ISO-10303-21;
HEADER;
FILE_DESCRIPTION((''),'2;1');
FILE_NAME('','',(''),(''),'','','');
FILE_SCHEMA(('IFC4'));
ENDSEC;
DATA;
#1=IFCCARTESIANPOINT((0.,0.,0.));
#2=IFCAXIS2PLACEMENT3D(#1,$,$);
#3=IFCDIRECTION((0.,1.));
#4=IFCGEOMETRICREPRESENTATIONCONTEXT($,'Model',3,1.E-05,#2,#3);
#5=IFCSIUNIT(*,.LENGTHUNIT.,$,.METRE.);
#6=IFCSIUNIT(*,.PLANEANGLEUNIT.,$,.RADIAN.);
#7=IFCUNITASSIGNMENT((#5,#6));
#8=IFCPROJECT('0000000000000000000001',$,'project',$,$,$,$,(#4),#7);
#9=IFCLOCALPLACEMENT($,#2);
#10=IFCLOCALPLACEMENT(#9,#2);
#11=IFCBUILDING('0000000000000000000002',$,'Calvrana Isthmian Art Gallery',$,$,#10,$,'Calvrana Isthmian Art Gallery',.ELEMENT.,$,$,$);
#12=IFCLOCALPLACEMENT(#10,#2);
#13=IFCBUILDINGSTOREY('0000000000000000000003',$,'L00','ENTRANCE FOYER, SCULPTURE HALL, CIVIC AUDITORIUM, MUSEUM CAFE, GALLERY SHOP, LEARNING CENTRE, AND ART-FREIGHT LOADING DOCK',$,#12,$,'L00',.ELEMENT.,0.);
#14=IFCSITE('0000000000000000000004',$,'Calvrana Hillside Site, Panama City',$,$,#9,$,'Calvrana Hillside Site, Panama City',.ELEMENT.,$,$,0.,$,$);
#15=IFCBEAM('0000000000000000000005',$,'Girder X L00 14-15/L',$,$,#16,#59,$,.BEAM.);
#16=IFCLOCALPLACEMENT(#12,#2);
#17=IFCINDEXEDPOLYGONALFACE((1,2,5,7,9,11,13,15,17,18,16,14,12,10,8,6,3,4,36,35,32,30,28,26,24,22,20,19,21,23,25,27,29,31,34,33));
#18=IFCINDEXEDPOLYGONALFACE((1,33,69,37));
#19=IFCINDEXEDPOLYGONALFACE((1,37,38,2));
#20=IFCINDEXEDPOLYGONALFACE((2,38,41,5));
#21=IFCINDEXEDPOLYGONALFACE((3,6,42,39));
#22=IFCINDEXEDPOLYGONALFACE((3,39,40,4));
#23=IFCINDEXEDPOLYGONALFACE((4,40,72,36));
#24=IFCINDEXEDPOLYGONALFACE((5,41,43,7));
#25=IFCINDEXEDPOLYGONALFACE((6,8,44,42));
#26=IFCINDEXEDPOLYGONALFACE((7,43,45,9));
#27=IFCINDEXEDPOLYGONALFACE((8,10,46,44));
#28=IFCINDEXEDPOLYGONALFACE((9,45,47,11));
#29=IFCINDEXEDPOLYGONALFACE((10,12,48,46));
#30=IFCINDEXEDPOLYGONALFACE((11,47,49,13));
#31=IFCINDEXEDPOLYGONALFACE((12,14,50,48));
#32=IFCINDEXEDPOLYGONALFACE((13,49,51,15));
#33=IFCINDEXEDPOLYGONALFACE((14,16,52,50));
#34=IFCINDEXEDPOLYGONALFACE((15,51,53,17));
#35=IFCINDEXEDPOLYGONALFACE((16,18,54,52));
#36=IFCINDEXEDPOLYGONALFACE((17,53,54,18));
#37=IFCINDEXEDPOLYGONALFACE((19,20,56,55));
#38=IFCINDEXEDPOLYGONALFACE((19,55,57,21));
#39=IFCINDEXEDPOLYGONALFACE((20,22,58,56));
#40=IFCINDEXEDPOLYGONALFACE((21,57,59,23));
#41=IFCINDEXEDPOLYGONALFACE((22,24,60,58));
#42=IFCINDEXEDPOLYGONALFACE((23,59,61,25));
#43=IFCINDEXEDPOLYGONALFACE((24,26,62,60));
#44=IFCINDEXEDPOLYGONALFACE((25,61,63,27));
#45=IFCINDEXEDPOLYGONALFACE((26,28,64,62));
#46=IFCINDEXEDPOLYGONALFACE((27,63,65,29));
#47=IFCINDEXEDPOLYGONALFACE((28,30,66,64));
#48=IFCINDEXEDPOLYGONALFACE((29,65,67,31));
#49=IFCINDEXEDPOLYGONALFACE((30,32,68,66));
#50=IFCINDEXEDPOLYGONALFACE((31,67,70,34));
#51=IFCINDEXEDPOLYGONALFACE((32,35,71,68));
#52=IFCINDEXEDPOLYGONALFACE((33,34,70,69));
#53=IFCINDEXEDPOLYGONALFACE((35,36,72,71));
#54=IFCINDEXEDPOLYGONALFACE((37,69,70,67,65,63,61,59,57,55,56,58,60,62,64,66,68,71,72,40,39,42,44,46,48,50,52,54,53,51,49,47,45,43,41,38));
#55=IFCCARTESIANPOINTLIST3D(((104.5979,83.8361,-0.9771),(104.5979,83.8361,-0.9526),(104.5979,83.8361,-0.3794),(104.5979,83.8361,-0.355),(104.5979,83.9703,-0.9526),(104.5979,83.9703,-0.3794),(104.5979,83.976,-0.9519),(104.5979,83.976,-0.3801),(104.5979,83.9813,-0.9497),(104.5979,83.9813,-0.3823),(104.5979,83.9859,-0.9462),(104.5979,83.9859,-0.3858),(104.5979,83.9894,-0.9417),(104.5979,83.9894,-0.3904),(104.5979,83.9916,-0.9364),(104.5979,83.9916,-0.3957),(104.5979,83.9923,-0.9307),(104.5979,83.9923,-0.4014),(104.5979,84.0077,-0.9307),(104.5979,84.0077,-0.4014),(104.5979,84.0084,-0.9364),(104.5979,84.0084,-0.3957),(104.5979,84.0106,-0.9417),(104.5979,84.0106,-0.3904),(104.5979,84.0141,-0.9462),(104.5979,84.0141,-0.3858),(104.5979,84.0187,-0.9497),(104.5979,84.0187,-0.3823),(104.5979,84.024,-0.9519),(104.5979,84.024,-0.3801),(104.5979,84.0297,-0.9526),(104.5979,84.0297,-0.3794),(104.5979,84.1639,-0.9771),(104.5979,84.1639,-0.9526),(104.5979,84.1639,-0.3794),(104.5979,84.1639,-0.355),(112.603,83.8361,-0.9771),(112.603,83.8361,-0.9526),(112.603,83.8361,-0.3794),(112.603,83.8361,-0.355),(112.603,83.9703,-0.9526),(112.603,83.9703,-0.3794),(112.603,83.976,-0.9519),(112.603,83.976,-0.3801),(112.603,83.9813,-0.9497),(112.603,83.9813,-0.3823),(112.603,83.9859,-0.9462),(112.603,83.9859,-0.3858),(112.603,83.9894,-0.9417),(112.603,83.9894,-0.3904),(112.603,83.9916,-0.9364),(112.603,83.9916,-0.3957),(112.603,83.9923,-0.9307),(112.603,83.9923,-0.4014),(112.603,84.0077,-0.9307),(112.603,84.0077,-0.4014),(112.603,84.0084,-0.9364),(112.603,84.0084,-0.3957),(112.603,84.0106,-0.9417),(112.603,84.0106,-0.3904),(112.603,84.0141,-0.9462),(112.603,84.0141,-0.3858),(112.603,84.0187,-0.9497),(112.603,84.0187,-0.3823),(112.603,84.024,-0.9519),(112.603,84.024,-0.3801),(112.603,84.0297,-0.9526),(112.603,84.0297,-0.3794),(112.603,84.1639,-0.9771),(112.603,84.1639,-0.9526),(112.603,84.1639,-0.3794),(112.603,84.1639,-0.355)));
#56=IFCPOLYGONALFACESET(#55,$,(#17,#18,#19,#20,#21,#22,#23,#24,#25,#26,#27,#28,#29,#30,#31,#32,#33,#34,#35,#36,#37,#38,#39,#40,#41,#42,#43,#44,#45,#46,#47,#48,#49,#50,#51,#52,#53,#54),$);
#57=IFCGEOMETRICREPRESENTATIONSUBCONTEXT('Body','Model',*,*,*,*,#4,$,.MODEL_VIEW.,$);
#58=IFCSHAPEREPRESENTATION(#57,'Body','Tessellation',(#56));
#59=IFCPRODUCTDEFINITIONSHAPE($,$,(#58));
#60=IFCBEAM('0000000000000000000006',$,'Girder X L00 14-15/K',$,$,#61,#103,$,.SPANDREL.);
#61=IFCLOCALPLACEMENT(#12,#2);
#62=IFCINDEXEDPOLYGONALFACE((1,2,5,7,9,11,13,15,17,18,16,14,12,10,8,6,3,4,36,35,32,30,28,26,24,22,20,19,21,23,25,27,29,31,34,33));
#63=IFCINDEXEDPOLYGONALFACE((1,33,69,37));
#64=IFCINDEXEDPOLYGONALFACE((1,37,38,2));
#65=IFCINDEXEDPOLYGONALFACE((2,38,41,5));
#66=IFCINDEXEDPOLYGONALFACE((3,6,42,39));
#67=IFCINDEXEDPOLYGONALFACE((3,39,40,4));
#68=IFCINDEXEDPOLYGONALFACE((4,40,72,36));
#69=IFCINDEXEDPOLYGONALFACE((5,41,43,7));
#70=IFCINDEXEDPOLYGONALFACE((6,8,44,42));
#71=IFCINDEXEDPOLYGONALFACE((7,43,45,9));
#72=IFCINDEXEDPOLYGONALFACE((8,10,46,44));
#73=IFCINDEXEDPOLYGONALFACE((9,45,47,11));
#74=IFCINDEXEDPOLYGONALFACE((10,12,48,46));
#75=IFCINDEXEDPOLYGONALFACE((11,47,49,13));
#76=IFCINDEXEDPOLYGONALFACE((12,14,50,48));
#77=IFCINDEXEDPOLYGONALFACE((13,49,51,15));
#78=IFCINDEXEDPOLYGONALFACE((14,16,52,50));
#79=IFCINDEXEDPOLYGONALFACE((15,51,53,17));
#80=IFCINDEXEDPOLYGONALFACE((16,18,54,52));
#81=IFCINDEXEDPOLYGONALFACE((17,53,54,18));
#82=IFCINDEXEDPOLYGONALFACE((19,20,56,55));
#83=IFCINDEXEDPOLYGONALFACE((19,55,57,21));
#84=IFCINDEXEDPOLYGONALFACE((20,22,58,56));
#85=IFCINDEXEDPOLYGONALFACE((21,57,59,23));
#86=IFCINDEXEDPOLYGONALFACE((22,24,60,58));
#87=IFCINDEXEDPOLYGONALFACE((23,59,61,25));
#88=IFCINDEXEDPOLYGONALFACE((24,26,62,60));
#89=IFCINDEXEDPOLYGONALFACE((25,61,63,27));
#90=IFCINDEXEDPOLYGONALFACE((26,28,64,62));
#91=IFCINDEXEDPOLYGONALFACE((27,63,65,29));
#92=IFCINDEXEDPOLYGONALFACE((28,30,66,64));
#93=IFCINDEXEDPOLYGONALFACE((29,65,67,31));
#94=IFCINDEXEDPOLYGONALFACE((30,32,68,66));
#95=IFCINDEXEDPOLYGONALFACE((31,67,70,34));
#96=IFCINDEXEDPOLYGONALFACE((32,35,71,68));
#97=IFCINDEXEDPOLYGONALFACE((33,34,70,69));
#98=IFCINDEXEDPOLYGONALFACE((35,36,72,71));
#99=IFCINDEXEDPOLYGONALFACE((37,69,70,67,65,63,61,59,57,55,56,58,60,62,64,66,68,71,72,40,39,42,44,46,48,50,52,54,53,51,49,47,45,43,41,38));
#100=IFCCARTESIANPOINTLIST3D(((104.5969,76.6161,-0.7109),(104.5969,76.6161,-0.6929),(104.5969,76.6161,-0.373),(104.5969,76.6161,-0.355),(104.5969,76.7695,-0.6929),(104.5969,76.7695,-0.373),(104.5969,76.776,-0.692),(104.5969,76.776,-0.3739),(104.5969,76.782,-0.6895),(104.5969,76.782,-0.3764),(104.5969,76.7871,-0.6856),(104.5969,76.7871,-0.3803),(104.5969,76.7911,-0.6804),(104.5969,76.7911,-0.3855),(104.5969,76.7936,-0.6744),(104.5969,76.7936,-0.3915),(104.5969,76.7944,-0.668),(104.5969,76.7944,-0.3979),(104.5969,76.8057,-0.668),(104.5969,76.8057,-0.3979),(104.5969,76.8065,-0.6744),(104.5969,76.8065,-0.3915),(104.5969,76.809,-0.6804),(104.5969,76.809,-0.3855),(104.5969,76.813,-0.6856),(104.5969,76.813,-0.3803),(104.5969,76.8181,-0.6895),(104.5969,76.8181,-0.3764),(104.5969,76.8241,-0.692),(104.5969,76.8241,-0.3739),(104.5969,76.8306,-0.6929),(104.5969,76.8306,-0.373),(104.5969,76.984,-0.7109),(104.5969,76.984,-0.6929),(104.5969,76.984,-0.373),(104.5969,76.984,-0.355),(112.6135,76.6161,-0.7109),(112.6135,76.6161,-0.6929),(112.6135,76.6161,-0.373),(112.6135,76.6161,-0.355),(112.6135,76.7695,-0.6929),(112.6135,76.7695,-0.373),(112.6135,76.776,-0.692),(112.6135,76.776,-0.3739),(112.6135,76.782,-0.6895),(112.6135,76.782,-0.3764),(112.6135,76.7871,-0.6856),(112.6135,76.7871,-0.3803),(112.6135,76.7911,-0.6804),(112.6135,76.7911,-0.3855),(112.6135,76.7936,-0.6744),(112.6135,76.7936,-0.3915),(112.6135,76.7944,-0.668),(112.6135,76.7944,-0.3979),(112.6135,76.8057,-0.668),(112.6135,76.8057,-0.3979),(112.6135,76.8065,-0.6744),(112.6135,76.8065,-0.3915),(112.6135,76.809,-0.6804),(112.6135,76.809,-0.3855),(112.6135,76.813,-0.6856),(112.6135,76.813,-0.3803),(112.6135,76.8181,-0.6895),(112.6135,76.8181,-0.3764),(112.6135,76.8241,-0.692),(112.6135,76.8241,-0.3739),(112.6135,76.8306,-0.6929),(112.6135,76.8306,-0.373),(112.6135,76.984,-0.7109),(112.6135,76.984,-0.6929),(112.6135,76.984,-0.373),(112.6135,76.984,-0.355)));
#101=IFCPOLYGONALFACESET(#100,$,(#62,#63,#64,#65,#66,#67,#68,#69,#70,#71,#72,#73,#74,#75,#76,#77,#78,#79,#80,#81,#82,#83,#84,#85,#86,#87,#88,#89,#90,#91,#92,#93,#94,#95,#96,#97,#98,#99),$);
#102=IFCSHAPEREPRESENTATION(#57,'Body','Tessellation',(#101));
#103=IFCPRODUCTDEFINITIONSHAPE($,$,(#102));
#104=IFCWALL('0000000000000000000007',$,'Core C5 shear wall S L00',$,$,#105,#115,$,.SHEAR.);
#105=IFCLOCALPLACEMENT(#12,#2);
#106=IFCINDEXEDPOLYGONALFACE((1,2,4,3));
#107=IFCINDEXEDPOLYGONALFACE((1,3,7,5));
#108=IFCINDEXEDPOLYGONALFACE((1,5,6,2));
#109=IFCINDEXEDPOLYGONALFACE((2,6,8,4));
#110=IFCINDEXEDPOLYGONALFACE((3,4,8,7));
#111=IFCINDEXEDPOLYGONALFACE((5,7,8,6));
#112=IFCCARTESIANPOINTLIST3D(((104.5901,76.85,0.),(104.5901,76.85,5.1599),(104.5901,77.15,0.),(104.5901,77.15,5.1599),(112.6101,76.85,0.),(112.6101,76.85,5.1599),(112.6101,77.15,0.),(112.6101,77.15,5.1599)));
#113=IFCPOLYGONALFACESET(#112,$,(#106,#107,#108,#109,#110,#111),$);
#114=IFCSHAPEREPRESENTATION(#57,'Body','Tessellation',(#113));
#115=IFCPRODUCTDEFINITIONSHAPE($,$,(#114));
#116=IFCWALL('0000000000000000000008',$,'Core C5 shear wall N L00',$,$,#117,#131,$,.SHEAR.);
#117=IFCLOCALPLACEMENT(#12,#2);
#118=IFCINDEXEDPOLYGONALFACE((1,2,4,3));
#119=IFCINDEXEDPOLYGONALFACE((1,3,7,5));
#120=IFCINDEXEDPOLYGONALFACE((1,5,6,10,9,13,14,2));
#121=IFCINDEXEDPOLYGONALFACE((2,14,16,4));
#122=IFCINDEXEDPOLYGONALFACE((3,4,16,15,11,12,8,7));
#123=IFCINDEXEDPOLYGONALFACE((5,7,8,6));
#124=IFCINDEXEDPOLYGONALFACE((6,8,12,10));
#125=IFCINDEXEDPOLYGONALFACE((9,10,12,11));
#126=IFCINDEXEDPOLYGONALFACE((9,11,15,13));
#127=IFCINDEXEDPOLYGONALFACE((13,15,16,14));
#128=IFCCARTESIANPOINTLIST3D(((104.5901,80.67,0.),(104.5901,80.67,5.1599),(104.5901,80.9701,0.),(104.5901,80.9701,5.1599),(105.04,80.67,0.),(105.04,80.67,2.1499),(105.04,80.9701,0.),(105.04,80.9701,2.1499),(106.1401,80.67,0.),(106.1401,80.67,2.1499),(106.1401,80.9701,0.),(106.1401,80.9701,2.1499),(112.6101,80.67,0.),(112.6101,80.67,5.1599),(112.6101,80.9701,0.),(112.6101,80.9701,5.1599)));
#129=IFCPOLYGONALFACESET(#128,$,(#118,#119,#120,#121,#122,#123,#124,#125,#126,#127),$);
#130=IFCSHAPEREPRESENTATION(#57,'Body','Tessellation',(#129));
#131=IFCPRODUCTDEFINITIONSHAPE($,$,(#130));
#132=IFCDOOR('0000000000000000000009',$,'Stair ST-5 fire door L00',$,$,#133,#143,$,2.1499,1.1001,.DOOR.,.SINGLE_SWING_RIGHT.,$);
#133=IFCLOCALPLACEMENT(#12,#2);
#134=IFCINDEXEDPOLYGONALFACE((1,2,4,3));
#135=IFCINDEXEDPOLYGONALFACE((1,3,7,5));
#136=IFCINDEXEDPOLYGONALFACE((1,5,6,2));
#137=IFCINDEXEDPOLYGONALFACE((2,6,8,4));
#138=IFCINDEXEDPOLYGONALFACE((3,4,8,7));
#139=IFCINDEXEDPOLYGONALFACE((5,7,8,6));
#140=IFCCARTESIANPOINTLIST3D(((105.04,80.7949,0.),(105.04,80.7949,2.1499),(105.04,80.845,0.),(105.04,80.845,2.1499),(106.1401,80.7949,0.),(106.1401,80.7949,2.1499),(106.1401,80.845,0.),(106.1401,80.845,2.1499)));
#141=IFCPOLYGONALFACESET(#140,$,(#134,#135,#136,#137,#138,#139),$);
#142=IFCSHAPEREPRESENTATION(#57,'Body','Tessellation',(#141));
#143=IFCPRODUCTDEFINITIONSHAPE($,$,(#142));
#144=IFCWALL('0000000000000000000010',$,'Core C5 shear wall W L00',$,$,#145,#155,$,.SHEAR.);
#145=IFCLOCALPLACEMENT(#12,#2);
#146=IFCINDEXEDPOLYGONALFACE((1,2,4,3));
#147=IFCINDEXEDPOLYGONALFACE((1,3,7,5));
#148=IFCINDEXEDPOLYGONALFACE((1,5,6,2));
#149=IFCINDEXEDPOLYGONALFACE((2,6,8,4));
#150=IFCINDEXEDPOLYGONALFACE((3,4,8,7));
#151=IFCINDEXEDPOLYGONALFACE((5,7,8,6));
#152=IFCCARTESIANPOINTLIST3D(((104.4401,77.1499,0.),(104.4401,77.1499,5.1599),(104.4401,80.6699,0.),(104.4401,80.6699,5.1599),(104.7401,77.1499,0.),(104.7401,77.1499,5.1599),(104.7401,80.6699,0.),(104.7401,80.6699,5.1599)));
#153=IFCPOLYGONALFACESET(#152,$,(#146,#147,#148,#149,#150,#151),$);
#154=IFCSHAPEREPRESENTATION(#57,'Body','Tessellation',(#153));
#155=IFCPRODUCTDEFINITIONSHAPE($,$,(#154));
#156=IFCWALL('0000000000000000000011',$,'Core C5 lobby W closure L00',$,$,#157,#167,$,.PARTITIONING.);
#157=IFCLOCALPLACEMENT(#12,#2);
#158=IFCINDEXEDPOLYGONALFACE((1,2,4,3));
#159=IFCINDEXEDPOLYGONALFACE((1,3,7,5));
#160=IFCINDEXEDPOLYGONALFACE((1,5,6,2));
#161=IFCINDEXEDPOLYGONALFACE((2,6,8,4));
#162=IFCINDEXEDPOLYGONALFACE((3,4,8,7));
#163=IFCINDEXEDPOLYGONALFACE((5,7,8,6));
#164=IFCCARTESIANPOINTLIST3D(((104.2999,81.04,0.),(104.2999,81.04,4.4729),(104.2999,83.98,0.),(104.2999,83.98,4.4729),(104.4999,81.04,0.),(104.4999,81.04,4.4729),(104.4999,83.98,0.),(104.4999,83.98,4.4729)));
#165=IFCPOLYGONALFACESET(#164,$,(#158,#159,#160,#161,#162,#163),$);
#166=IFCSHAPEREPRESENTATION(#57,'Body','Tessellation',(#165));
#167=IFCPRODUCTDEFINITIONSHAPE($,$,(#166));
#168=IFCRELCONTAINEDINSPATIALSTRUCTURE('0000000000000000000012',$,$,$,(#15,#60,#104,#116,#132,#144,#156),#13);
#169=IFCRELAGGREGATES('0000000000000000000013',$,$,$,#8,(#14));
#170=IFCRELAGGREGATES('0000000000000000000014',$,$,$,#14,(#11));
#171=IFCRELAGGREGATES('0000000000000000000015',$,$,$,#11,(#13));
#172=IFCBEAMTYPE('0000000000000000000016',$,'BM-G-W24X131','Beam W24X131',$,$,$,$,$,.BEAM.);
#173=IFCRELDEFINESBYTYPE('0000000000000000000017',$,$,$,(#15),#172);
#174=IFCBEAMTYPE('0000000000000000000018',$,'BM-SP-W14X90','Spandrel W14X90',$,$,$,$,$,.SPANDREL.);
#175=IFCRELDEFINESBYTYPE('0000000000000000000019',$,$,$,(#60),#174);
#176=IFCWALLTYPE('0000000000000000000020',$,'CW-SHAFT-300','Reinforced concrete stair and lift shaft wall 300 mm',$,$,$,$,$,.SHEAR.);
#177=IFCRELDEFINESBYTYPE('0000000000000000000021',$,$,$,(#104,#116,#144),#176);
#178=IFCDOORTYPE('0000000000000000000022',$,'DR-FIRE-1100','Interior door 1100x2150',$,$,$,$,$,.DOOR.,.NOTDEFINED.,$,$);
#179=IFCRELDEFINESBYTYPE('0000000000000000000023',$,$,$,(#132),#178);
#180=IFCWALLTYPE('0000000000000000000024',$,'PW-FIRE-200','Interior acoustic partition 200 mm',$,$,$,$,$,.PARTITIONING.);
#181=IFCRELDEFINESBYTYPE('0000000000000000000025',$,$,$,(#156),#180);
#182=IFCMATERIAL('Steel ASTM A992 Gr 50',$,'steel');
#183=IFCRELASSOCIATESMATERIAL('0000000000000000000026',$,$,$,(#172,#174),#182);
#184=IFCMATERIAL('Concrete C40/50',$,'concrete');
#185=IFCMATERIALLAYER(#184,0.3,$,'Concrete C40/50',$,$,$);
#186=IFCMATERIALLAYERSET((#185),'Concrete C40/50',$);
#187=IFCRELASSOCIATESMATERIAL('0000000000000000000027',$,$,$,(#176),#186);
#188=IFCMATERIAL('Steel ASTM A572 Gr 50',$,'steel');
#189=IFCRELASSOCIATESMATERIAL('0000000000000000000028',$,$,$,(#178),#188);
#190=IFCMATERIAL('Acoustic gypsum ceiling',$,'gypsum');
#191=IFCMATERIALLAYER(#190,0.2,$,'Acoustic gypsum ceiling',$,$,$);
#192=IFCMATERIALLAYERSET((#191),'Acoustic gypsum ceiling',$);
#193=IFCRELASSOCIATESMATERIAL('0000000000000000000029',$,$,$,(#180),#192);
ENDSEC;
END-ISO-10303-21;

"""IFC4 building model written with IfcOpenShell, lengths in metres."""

from ifc_helpers import new_model, si_unit, direction, frame, frame_2d, origin, origin_2d, place, context, subcontext, project, spatial, rectangle, i_section, extrude, material, layer, layer_set, material_profile, profile_set, type_object, element, fill, save


model = new_model("IFC4")

# Units and contexts
model_context = context("Model", 3, precision=1e-05, world=origin(), true_north=direction((0.0, 1.0)))
body_context = subcontext(model_context, "Body", "Model", "MODEL_VIEW")
ifc_project = project(units=[si_unit("LENGTHUNIT", "METRE"), si_unit("PLANEANGLEUNIT", "RADIAN")], contexts=[model_context])

# Site, building, storey
site_placement = place(None, origin())
site = spatial("IfcSite", under=ifc_project, at=site_placement, Name="Calvrana Hillside Site, Panama City", LongName="Calvrana Hillside Site, Panama City", CompositionType="ELEMENT", RefElevation=0.0)
building_placement = place(site_placement, origin())
building = spatial("IfcBuilding", under=site, at=building_placement, Name="Calvrana Isthmian Art Gallery", LongName="Calvrana Isthmian Art Gallery", CompositionType="ELEMENT")
storey_placement = place(building_placement, origin())
storey = spatial("IfcBuildingStorey", under=building, at=storey_placement, Name="L00", Description="ENTRANCE FOYER, SCULPTURE HALL, CIVIC AUDITORIUM, MUSEUM CAFE, GALLERY SHOP, LEARNING CENTRE, AND ART-FREIGHT LOADING DOCK", LongName="L00", CompositionType="ELEMENT", Elevation=0.0)

# Shared definitions
ifc_material_1 = material(Name="Steel ASTM A992 Gr 50", Category="steel")

# Beams
ifc_material_profile_1 = material_profile(ifc_material_1, i_section(OverallWidth=0.3279, OverallDepth=0.6221, WebThickness=0.0154, FlangeThickness=0.0244, FilletRadius=0.022, at=origin_2d()), Name="W24X131")
ifc_profile_set_1 = profile_set([ifc_material_profile_1], Name="Steel ASTM A992 Gr 50")
beam_type_1 = type_object("IfcBeamType", Name="BM-G-W24X131", Description="Beam W24X131", PredefinedType="BEAM", material=ifc_profile_set_1)
beam_1_placement = place(storey_placement, frame((104.5979, 84.0, -0.666), z_axis=(1.0, 0.0, 0.0), x_axis=(0.0, 1.0, 0.0)))
element("IfcBeam", 1, at=beam_1_placement, inside=storey, type_object=beam_type_1, Name="Girder X L00 14-15/L", PredefinedType="BEAM", context=body_context, shape_type="SweptSolid", body=[
    extrude(i_section(OverallWidth=0.3279, OverallDepth=0.6221, WebThickness=0.0154, FlangeThickness=0.0244, FilletRadius=0.022, at=origin_2d()), origin(), (0.0, 0.0, 1.0), 8.0051),
])
ifc_material_profile_2 = material_profile(ifc_material_1, i_section(OverallWidth=0.3679, OverallDepth=0.356, WebThickness=0.0112, FlangeThickness=0.0181, FilletRadius=0.0249, at=origin_2d()), Name="W14X90")
ifc_profile_set_2 = profile_set([ifc_material_profile_2], Name="Steel ASTM A992 Gr 50")
beam_type_2 = type_object("IfcBeamType", Name="BM-SP-W14X90", Description="Spandrel W14X90", PredefinedType="SPANDREL", material=ifc_profile_set_2)
beam_2_placement = place(storey_placement, frame((104.5969, 76.8, -0.533), z_axis=(1.0, 0.0, 0.0), x_axis=(0.0, 1.0, 0.0)))
element("IfcBeam", 2, at=beam_2_placement, inside=storey, type_object=beam_type_2, Name="Girder X L00 14-15/K", PredefinedType="SPANDREL", context=body_context, shape_type="SweptSolid", body=[
    extrude(i_section(OverallWidth=0.3679, OverallDepth=0.356, WebThickness=0.0112, FlangeThickness=0.0181, FilletRadius=0.0249, at=origin_2d()), origin(), (0.0, 0.0, 1.0), 8.0166),
])

# Wall
ifc_material_2 = material(Name="Concrete C40/50", Category="concrete")
ifc_layer_1 = layer(ifc_material_2, 0.3, Name="Concrete C40/50")
ifc_layer_set_1 = layer_set([ifc_layer_1], Name="Concrete C40/50")
wall_type_1 = type_object("IfcWallType", Name="CW-SHAFT-300", Description="Reinforced concrete stair and lift shaft wall 300 mm", PredefinedType="SHEAR", material=ifc_layer_set_1)
wall_1_placement = place(storey_placement, frame((104.5901, 77.0, 0.0), z_axis=(0.0, 0.0, 1.0), x_axis=(1.0, 0.0, 0.0)))
element("IfcWall", 3, at=wall_1_placement, inside=storey, type_object=wall_type_1, Name="Core C5 shear wall S L00", PredefinedType="SHEAR", context=body_context, shape_type="SweptSolid", body=[
    extrude(rectangle(XDim=8.02, YDim=0.3, at=frame_2d((4.01, 0.0))), origin(), (0.0, 0.0, 1.0), 5.1599),
])

# Wall, opening, door
wall_2_placement = place(storey_placement, frame((104.5901, 80.8201, 0.0), z_axis=(0.0, 0.0, 1.0), x_axis=(1.0, 0.0, 0.0)))
wall_2 = element("IfcWall", 4, at=wall_2_placement, inside=storey, type_object=wall_type_1, Name="Core C5 shear wall N L00", PredefinedType="SHEAR", context=body_context, shape_type="SweptSolid", body=[
    extrude(rectangle(XDim=8.02, YDim=0.3, at=frame_2d((4.01, 0.0))), origin(), (0.0, 0.0, 1.0), 5.1599),
])
opening_1_placement = place(wall_2_placement, frame((0.45, 0.0, 0.0)))
opening_1 = element("IfcOpeningElement", 5, at=opening_1_placement, cuts=wall_2, PredefinedType="OPENING", context=body_context, shape_type="SweptSolid", body=[
    extrude(rectangle(XDim=1.1001, YDim=2.1499, at=frame_2d((0.55, 1.075))), frame((0.0, 0.1602, 0.0), z_axis=(0.0, -1.0, 0.0), x_axis=(1.0, 0.0, 0.0)), (0.0, 0.0, 1.0), 0.3206),
])
ifc_material_3 = material(Name="Steel ASTM A572 Gr 50", Category="steel")
door_type_1 = type_object("IfcDoorType", Name="DR-FIRE-1100", Description="Interior door 1100x2150", OperationType="NOTDEFINED", PredefinedType="DOOR", material=ifc_material_3)
door_1_placement = place(opening_1_placement, origin())
door_1 = element("IfcDoor", 6, at=door_1_placement, inside=storey, type_object=door_type_1, Name="Stair ST-5 fire door L00", OperationType="SINGLE_SWING_RIGHT", OverallHeight=2.1499, OverallWidth=1.1001, PredefinedType="DOOR", context=body_context, shape_type="SweptSolid", body=[
    extrude(rectangle(XDim=1.1001, YDim=2.1499, at=frame_2d((0.55, 1.075))), frame((0.0, 0.0249, 0.0), z_axis=(0.0, -1.0, 0.0), x_axis=(1.0, 0.0, 0.0)), (0.0, 0.0, 1.0), 0.05),
])
fill(opening_1, door_1)

# Walls
wall_3_placement = place(storey_placement, frame((104.5901, 77.1499, 0.0), z_axis=(0.0, 0.0, 1.0), x_axis=(0.0, 1.0, 0.0)))
element("IfcWall", 7, at=wall_3_placement, inside=storey, type_object=wall_type_1, Name="Core C5 shear wall W L00", PredefinedType="SHEAR", context=body_context, shape_type="SweptSolid", body=[
    extrude(rectangle(XDim=3.52, YDim=0.3, at=frame_2d((1.76, 0.0))), origin(), (0.0, 0.0, 1.0), 5.1599),
])
ifc_material_4 = material(Name="Acoustic gypsum ceiling", Category="gypsum")
ifc_layer_2 = layer(ifc_material_4, 0.2, Name="Acoustic gypsum ceiling")
ifc_layer_set_2 = layer_set([ifc_layer_2], Name="Acoustic gypsum ceiling")
wall_type_2 = type_object("IfcWallType", Name="PW-FIRE-200", Description="Interior acoustic partition 200 mm", PredefinedType="PARTITIONING", material=ifc_layer_set_2)
wall_4_placement = place(storey_placement, frame((104.3999, 81.04, 0.0), z_axis=(0.0, 0.0, 1.0), x_axis=(0.0, 1.0, 0.0)))
element("IfcWall", 8, at=wall_4_placement, inside=storey, type_object=wall_type_2, Name="Core C5 lobby W closure L00", PredefinedType="PARTITIONING", context=body_context, shape_type="SweptSolid", body=[
    extrude(rectangle(XDim=2.9399, YDim=0.2, at=frame_2d((1.47, 0.0))), origin(), (0.0, 0.0, 1.0), 4.4729),
])

save(model, "model.ifc")
